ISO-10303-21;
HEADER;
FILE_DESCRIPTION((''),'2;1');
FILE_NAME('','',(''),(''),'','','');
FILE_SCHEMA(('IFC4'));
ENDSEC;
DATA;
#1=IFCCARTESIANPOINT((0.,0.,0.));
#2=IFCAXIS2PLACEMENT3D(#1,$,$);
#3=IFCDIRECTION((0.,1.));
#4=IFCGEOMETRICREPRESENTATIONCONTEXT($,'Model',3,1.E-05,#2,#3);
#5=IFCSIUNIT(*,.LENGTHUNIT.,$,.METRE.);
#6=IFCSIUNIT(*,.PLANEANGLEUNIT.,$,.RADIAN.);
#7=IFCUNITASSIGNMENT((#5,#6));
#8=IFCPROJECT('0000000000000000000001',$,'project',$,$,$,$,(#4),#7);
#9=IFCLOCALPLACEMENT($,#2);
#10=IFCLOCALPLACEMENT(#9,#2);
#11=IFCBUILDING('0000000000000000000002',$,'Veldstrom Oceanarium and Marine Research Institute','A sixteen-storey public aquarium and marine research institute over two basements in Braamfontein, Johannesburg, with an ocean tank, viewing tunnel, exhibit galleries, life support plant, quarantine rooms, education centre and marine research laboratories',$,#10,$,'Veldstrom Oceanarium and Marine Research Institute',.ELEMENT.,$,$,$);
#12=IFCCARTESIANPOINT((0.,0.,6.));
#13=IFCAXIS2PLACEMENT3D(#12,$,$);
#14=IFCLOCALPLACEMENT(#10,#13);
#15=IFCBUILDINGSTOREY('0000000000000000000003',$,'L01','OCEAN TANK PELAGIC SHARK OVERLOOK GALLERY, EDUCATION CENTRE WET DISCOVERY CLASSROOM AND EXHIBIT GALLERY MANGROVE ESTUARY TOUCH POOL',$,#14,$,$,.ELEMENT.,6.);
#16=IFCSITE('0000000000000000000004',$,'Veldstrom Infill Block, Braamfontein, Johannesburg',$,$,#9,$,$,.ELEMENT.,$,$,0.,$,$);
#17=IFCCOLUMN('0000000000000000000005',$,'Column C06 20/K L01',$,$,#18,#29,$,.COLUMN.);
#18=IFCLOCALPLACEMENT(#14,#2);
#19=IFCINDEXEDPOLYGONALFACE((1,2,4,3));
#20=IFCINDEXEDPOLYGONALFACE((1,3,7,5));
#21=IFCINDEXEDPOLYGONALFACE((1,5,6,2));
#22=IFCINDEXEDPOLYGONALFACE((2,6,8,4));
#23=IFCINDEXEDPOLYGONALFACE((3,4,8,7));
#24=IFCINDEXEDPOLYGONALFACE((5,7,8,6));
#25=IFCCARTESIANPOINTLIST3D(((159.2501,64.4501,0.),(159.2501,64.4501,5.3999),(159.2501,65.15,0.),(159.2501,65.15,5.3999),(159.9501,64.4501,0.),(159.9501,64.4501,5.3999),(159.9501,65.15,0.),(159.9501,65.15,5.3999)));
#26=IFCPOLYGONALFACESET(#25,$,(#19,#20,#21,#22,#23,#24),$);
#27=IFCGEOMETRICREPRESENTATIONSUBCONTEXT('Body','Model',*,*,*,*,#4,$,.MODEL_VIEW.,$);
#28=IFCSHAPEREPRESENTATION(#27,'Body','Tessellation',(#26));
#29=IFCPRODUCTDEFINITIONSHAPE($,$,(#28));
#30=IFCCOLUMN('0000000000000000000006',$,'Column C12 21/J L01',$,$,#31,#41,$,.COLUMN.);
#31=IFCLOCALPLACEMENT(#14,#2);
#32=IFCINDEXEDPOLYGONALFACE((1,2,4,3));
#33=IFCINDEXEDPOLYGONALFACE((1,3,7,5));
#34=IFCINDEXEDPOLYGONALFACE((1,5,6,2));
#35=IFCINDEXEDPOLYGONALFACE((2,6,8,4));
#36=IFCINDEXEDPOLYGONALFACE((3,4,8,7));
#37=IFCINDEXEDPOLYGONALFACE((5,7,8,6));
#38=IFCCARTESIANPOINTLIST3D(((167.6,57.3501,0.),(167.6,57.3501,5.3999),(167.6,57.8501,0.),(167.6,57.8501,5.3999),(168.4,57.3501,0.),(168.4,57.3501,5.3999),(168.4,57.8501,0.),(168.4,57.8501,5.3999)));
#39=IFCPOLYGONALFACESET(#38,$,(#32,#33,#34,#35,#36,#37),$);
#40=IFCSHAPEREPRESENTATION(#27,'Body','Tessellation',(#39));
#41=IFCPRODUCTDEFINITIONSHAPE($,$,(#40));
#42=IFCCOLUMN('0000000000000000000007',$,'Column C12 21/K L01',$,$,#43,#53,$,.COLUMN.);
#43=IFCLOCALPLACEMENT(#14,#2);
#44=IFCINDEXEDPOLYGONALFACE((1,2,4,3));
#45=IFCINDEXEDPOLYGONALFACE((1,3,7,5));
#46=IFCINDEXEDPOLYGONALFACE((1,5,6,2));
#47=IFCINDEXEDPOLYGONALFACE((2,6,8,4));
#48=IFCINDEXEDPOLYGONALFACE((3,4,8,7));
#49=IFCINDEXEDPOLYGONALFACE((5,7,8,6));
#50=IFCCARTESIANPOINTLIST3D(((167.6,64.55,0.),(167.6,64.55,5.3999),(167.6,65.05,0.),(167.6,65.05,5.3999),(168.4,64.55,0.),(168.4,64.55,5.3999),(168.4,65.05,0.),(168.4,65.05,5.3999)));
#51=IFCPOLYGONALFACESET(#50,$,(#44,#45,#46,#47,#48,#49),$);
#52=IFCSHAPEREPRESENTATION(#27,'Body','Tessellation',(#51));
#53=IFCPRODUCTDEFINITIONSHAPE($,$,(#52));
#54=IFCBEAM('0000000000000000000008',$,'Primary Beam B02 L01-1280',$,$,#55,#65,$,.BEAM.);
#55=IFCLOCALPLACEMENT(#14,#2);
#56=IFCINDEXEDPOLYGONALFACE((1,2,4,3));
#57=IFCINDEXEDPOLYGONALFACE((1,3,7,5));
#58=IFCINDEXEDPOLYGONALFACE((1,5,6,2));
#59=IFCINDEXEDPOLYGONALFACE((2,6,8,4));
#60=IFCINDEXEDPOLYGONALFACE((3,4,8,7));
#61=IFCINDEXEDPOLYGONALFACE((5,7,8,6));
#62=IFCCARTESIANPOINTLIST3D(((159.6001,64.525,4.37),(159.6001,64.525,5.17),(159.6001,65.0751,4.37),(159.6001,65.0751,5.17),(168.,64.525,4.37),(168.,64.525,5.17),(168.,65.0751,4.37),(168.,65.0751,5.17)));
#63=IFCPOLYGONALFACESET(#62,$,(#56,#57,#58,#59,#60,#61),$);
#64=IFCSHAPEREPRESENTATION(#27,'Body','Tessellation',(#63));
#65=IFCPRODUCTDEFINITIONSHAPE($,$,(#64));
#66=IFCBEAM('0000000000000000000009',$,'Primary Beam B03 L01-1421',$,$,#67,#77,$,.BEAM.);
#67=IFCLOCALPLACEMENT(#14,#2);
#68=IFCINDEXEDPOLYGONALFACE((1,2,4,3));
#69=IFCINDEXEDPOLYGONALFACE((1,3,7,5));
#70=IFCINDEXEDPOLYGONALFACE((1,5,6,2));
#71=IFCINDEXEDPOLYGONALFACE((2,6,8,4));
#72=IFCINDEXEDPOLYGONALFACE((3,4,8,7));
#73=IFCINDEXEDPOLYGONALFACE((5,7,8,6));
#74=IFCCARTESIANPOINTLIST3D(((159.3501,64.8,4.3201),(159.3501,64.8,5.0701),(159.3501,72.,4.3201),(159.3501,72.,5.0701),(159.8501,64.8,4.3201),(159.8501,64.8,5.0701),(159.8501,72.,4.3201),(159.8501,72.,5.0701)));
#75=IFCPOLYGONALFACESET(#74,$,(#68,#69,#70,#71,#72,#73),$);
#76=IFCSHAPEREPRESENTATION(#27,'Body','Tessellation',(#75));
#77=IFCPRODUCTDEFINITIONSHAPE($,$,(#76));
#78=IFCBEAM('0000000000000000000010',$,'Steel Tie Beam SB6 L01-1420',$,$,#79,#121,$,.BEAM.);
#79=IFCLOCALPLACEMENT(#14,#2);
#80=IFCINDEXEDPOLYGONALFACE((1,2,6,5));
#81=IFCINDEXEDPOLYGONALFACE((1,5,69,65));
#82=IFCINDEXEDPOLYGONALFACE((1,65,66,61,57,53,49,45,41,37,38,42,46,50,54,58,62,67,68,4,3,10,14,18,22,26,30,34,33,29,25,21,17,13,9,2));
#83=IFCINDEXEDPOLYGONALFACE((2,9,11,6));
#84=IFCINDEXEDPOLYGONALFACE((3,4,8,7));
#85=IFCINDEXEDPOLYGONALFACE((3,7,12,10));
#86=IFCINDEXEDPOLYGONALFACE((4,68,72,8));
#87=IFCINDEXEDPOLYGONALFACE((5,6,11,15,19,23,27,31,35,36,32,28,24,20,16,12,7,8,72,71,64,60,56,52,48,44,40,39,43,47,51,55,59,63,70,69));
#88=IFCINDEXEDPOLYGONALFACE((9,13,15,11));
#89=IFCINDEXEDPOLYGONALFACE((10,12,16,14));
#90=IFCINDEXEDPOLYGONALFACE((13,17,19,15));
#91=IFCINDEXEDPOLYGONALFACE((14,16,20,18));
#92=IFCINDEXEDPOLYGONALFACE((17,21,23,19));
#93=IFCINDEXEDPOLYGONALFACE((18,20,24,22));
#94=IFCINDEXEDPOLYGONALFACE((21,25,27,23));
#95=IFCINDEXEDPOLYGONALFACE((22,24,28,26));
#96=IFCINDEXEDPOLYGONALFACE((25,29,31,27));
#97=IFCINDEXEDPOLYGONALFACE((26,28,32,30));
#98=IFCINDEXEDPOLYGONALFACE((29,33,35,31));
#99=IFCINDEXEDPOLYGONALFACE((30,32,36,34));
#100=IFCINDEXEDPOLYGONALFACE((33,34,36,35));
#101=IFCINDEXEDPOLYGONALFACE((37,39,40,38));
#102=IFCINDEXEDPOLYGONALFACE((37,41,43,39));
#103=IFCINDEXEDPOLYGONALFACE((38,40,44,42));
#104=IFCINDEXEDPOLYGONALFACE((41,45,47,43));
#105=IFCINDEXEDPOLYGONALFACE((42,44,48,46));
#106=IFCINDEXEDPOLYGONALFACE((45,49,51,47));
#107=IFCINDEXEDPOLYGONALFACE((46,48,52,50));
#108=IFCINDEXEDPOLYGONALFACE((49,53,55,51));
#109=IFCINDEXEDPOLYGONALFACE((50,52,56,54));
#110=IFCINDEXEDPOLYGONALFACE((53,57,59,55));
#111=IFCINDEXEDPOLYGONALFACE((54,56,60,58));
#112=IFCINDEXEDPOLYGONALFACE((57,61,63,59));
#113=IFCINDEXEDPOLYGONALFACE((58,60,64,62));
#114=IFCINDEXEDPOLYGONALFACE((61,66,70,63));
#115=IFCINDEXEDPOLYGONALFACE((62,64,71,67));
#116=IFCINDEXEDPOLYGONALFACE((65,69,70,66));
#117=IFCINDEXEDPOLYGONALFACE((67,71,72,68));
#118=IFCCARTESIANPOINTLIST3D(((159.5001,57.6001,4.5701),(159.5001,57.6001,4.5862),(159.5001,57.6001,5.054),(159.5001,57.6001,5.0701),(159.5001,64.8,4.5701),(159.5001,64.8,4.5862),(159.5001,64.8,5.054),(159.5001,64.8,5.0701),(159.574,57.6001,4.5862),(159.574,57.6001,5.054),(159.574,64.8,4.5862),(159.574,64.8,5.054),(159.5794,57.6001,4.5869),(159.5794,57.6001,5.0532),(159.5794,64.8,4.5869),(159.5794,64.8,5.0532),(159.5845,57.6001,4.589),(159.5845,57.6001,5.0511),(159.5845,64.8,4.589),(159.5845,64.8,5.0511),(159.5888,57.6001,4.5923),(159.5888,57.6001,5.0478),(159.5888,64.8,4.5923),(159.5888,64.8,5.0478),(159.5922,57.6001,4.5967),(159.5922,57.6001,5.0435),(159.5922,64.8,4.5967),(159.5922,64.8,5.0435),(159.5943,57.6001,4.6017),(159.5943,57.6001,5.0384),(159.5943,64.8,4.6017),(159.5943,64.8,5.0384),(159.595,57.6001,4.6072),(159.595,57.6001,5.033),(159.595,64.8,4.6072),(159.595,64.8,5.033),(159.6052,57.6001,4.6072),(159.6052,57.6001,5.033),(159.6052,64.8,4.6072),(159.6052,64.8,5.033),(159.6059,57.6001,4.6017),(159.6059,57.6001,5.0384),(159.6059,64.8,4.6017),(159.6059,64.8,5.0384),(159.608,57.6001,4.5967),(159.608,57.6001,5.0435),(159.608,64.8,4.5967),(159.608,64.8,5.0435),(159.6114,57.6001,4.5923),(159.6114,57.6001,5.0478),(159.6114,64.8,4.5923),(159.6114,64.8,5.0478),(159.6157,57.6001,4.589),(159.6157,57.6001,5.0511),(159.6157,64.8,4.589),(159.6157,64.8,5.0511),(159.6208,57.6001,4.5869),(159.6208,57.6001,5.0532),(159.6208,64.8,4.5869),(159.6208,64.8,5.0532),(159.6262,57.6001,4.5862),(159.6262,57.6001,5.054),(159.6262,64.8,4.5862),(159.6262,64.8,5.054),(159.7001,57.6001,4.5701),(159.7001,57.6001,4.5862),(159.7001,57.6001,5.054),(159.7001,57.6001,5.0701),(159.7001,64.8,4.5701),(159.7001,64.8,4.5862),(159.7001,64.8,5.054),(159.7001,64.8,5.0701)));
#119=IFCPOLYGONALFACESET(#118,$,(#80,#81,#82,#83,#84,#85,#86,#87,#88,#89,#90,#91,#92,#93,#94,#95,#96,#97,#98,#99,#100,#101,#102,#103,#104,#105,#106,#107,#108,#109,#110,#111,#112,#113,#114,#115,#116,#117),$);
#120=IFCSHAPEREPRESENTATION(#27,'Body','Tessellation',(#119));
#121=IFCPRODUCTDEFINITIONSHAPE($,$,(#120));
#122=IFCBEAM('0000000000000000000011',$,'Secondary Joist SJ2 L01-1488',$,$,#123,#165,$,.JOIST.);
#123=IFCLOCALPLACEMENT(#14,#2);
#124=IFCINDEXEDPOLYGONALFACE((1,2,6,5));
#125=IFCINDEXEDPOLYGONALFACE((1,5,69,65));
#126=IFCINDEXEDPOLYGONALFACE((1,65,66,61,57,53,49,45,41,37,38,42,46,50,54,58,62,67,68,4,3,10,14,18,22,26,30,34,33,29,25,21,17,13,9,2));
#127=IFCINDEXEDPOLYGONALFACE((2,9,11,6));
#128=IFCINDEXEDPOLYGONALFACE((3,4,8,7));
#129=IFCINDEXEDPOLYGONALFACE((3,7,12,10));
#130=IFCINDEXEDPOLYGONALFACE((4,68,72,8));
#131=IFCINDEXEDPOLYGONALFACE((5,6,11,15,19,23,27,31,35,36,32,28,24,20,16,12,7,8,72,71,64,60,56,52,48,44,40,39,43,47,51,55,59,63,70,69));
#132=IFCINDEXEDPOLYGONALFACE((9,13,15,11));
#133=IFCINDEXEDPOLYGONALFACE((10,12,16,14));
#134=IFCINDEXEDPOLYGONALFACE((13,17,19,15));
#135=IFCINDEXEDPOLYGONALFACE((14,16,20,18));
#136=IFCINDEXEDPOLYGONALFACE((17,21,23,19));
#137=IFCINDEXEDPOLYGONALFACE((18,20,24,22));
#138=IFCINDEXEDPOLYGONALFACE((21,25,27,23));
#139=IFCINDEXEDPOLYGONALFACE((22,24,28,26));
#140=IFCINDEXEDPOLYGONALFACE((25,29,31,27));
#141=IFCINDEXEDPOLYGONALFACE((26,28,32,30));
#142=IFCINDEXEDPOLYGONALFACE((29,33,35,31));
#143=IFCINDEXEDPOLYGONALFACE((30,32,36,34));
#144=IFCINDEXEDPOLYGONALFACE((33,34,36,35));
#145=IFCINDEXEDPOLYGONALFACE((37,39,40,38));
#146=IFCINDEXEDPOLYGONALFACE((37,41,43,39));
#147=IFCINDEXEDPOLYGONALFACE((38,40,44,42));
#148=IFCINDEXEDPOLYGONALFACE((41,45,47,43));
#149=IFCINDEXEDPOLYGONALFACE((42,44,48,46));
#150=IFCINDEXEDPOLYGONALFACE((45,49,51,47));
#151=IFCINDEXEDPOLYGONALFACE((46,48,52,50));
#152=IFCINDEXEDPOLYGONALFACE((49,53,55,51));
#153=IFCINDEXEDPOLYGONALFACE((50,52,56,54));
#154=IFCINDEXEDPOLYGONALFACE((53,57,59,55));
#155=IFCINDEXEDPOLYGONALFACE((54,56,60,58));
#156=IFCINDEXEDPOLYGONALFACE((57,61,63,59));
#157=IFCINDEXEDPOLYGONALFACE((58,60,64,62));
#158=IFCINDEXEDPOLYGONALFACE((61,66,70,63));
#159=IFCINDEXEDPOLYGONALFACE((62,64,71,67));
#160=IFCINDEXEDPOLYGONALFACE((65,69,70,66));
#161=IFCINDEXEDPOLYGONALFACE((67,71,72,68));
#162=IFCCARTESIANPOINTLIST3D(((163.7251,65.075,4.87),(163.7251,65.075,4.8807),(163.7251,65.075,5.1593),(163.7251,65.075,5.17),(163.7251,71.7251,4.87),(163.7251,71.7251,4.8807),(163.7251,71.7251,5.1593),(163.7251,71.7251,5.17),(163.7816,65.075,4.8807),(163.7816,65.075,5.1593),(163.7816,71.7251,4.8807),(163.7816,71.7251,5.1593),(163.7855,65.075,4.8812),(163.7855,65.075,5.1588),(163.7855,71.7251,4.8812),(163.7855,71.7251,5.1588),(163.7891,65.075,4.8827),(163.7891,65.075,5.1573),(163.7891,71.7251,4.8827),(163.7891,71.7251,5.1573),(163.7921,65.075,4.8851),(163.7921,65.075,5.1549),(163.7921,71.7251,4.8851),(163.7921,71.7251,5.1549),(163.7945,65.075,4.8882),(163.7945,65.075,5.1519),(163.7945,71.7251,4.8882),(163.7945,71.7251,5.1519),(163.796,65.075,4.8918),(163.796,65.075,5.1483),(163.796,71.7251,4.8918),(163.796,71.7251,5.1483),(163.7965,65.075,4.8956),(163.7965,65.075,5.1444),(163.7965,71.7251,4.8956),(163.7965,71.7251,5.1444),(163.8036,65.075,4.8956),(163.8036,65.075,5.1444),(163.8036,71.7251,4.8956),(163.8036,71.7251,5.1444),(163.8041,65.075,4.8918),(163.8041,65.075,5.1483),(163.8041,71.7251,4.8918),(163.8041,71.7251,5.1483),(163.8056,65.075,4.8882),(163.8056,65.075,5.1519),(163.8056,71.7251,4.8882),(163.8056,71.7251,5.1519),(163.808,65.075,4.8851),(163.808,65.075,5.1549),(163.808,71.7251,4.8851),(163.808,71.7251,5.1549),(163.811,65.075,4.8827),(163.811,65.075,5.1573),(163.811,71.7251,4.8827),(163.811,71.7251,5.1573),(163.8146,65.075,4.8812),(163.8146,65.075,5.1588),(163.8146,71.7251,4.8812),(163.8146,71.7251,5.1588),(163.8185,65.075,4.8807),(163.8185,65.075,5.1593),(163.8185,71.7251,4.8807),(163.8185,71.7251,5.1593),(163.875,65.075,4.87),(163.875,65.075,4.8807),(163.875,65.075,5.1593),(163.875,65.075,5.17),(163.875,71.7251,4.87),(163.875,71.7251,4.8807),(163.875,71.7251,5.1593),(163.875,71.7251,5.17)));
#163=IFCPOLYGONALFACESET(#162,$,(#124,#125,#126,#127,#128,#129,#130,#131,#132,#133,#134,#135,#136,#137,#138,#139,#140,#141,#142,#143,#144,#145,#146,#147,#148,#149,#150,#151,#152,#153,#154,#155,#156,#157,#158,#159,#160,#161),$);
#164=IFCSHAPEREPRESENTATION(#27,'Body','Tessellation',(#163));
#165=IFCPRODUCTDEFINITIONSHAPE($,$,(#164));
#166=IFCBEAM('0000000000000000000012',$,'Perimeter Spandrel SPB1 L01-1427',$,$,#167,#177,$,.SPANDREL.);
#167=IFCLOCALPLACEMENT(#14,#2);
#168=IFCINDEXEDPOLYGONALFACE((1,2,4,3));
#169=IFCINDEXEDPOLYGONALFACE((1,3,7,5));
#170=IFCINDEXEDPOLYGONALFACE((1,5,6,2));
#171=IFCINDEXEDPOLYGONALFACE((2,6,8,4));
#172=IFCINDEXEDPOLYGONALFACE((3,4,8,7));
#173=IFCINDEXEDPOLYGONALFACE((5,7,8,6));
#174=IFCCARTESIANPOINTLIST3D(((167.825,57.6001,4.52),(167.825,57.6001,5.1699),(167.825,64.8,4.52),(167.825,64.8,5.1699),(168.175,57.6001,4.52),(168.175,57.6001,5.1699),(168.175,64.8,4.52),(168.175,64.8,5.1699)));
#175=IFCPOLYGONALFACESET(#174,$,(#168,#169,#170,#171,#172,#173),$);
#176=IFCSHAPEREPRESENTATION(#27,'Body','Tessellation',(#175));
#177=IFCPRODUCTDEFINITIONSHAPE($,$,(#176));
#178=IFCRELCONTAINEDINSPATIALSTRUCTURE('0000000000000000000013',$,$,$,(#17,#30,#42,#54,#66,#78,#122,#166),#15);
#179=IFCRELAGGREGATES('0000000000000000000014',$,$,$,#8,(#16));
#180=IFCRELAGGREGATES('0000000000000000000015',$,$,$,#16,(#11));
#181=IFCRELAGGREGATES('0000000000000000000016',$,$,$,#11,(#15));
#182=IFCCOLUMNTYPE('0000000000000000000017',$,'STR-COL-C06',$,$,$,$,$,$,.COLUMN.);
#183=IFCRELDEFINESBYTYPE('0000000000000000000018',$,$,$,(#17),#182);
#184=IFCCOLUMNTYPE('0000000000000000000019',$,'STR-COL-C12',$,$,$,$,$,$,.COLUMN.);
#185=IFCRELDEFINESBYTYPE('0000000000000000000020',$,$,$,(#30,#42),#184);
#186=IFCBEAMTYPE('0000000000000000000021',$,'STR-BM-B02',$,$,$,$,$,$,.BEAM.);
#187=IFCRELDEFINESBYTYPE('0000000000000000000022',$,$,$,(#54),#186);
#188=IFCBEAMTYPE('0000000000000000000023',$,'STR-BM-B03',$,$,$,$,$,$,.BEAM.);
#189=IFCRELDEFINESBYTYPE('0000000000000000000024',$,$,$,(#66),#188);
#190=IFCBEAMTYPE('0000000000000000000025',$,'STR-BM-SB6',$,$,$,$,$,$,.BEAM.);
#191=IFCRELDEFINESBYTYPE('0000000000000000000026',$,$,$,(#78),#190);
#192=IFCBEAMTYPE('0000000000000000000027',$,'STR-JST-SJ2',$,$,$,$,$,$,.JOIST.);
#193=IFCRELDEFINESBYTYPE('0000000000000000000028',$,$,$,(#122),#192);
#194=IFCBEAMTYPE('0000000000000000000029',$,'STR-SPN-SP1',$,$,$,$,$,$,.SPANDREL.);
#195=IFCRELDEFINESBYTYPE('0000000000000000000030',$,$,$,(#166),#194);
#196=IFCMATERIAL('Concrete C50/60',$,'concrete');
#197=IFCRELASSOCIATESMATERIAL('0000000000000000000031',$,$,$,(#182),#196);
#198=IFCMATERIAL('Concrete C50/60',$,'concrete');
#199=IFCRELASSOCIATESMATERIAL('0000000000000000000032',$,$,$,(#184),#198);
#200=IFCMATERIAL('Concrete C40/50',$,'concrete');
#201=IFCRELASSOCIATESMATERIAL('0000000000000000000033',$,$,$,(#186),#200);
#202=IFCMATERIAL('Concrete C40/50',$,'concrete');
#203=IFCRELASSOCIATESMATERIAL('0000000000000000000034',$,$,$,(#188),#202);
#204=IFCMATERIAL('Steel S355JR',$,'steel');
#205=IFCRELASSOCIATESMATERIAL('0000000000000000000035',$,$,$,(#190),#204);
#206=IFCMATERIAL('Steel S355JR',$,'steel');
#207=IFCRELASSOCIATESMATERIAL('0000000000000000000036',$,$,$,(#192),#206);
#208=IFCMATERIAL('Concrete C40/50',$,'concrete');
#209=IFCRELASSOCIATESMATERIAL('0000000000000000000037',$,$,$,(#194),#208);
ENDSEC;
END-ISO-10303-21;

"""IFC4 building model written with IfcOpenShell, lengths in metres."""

from ifc_helpers import new_model, si_unit, direction, frame, origin, origin_2d, place, context, subcontext, project, spatial, rectangle, i_section, extrude, material, material_profile, profile_set, type_object, element, save


model = new_model("IFC4")

# Units and contexts
model_context = context("Model", 3, precision=1e-05, world=origin(), true_north=direction((0.0, 1.0)))
body_context = subcontext(model_context, "Body", "Model", "MODEL_VIEW")
ifc_project = project(units=[si_unit("LENGTHUNIT", "METRE"), si_unit("PLANEANGLEUNIT", "RADIAN")], contexts=[model_context])

# Site, building, storey
site_placement = place(None, origin())
site = spatial("IfcSite", under=ifc_project, at=site_placement, Name="Veldstrom Infill Block, Braamfontein, Johannesburg", CompositionType="ELEMENT", RefElevation=0.0)
building_placement = place(site_placement, origin())
building = spatial("IfcBuilding", under=site, at=building_placement, Name="Veldstrom Oceanarium and Marine Research Institute", Description="A sixteen-storey public aquarium and marine research institute over two basements in Braamfontein, Johannesburg, with an ocean tank, viewing tunnel, exhibit galleries, life support plant, quarantine rooms, education centre and marine research laboratories", LongName="Veldstrom Oceanarium and Marine Research Institute", CompositionType="ELEMENT")
storey_placement = place(building_placement, frame((0.0, 0.0, 6.0)))
storey = spatial("IfcBuildingStorey", under=building, at=storey_placement, Name="L01", Description="OCEAN TANK PELAGIC SHARK OVERLOOK GALLERY, EDUCATION CENTRE WET DISCOVERY CLASSROOM AND EXHIBIT GALLERY MANGROVE ESTUARY TOUCH POOL", CompositionType="ELEMENT", Elevation=6.0)

# Columns
ifc_material_1 = material(Name="Concrete C50/60", Category="concrete")
ifc_material_profile_1 = material_profile(ifc_material_1, rectangle(XDim=0.7, YDim=0.7, at=origin_2d()), Name="RC-COL-700x700")
ifc_profile_set_1 = profile_set([ifc_material_profile_1], Name="Concrete C50/60")
column_type_1 = type_object("IfcColumnType", Name="STR-COL-C06", PredefinedType="COLUMN", material=ifc_profile_set_1)
column_placement = place(storey_placement, frame((159.6001, 64.8, 0.0), z_axis=(0.0, 0.0, 1.0), x_axis=(1.0, 0.0, 0.0)))
element("IfcColumn", 1, at=column_placement, inside=storey, type_object=column_type_1, Name="Column C06 20/K L01", PredefinedType="COLUMN", context=body_context, shape_type="SweptSolid", body=[
    extrude(rectangle(XDim=0.7, YDim=0.7, at=origin_2d()), origin(), (0.0, 0.0, 1.0), 5.3999),
])
ifc_material_2 = material(Name="Concrete C50/60", Category="concrete")
ifc_material_profile_2 = material_profile(ifc_material_2, rectangle(XDim=0.5, YDim=0.8, at=origin_2d()), Name="RC-COL-800x500")
ifc_profile_set_2 = profile_set([ifc_material_profile_2], Name="Concrete C50/60")
column_type_2 = type_object("IfcColumnType", Name="STR-COL-C12", PredefinedType="COLUMN", material=ifc_profile_set_2)
for number, where, z_axis, x_axis, name in (
    (2, (168.0, 57.6001, 0.0), (0.0, 0.0, 1.0), (0.0, 1.0, 0.0), "Column C12 21/J L01"),
    (3, (168.0, 64.8, 0.0), (0.0, 0.0, 1.0), (0.0, 1.0, 0.0), "Column C12 21/K L01"),
):
    element("IfcColumn", number, at=place(storey_placement, frame(where, z_axis=z_axis, x_axis=x_axis)), inside=storey, type_object=column_type_2, Name=name, PredefinedType="COLUMN", context=body_context, shape_type="SweptSolid", body=[
        extrude(rectangle(XDim=0.5, YDim=0.8, at=origin_2d()), origin(), (0.0, 0.0, 1.0), 5.3999),
    ])

# Beams
ifc_material_3 = material(Name="Concrete C40/50", Category="concrete")
ifc_material_profile_3 = material_profile(ifc_material_3, rectangle(XDim=0.55, YDim=0.8, at=origin_2d()), Name="RC-BM-550x800")
ifc_profile_set_3 = profile_set([ifc_material_profile_3], Name="Concrete C40/50")
beam_type_1 = type_object("IfcBeamType", Name="STR-BM-B02", PredefinedType="BEAM", material=ifc_profile_set_3)
beam_1_placement = place(storey_placement, frame((159.6001, 64.8, 4.77), z_axis=(1.0, 0.0, 0.0), x_axis=(0.0, 1.0, 0.0)))
element("IfcBeam", 4, at=beam_1_placement, inside=storey, type_object=beam_type_1, Name="Primary Beam B02 L01-1280", PredefinedType="BEAM", context=body_context, shape_type="SweptSolid", body=[
    extrude(rectangle(XDim=0.55, YDim=0.8, at=origin_2d()), origin(), (0.0, 0.0, 1.0), 8.3999),
])
ifc_material_4 = material(Name="Concrete C40/50", Category="concrete")
ifc_material_profile_4 = material_profile(ifc_material_4, rectangle(XDim=0.5, YDim=0.75, at=origin_2d()), Name="RC-BM-500x750")
ifc_profile_set_4 = profile_set([ifc_material_profile_4], Name="Concrete C40/50")
beam_type_2 = type_object("IfcBeamType", Name="STR-BM-B03", PredefinedType="BEAM", material=ifc_profile_set_4)
beam_2_placement = place(storey_placement, frame((159.6001, 64.8, 4.6951), z_axis=(0.0, 1.0, 0.0), x_axis=(-1.0, 0.0, 0.0)))
element("IfcBeam", 5, at=beam_2_placement, inside=storey, type_object=beam_type_2, Name="Primary Beam B03 L01-1421", PredefinedType="BEAM", context=body_context, shape_type="SweptSolid", body=[
    extrude(rectangle(XDim=0.5, YDim=0.75, at=origin_2d()), origin(), (0.0, 0.0, 1.0), 7.2),
])
ifc_material_5 = material(Name="Steel S355JR", Category="steel")
ifc_material_profile_5 = material_profile(ifc_material_5, i_section(OverallWidth=0.2, OverallDepth=0.5, WebThickness=0.0103, FlangeThickness=0.0161, FilletRadius=0.021, at=origin_2d()), Name="IPE 500")
ifc_profile_set_5 = profile_set([ifc_material_profile_5], Name="Steel S355JR")
beam_type_3 = type_object("IfcBeamType", Name="STR-BM-SB6", PredefinedType="BEAM", material=ifc_profile_set_5)
beam_3_placement = place(storey_placement, frame((159.6001, 57.6001, 4.8201), z_axis=(0.0, 1.0, 0.0), x_axis=(-1.0, 0.0, 0.0)))
element("IfcBeam", 6, at=beam_3_placement, inside=storey, type_object=beam_type_3, Name="Steel Tie Beam SB6 L01-1420", PredefinedType="BEAM", context=body_context, shape_type="SweptSolid", body=[
    extrude(i_section(OverallWidth=0.2, OverallDepth=0.5, WebThickness=0.0103, FlangeThickness=0.0161, FilletRadius=0.021, at=origin_2d()), origin(), (0.0, 0.0, 1.0), 7.2),
])
ifc_material_6 = material(Name="Steel S355JR", Category="steel")
ifc_material_profile_6 = material_profile(ifc_material_6, i_section(OverallWidth=0.1499, OverallDepth=0.3, WebThickness=0.0071, FlangeThickness=0.0107, FilletRadius=0.0149, at=origin_2d()), Name="IPE 300")
ifc_profile_set_6 = profile_set([ifc_material_profile_6], Name="Steel S355JR")
beam_type_4 = type_object("IfcBeamType", Name="STR-JST-SJ2", PredefinedType="JOIST", material=ifc_profile_set_6)
beam_4_placement = place(storey_placement, frame((163.8, 65.075, 5.02), z_axis=(0.0, 1.0, 0.0), x_axis=(-1.0, 0.0, 0.0)))
element("IfcBeam", 7, at=beam_4_placement, inside=storey, type_object=beam_type_4, Name="Secondary Joist SJ2 L01-1488", PredefinedType="JOIST", context=body_context, shape_type="SweptSolid", body=[
    extrude(i_section(OverallWidth=0.1499, OverallDepth=0.3, WebThickness=0.0071, FlangeThickness=0.0107, FilletRadius=0.0149, at=origin_2d()), origin(), (0.0, 0.0, 1.0), 6.6501),
])
ifc_material_7 = material(Name="Concrete C40/50", Category="concrete")
ifc_material_profile_7 = material_profile(ifc_material_7, rectangle(XDim=0.3501, YDim=0.6499, at=origin_2d()), Name="RC-SPN-350x650")
ifc_profile_set_7 = profile_set([ifc_material_profile_7], Name="Concrete C40/50")
beam_type_5 = type_object("IfcBeamType", Name="STR-SPN-SP1", PredefinedType="SPANDREL", material=ifc_profile_set_7)
for number, where, z_axis, x_axis, name in (
    (8, (168.0, 57.6001, 4.845), (0.0, 1.0, 0.0), (-1.0, 0.0, 0.0), "Perimeter Spandrel SPB1 L01-1427"),
):
    element("IfcBeam", number, at=place(storey_placement, frame(where, z_axis=z_axis, x_axis=x_axis)), inside=storey, type_object=beam_type_5, Name=name, PredefinedType="SPANDREL", context=body_context, shape_type="SweptSolid", body=[
        extrude(rectangle(XDim=0.3501, YDim=0.6499, at=origin_2d()), origin(), (0.0, 0.0, 1.0), 7.2),
    ])

save(model, "model.ifc")
